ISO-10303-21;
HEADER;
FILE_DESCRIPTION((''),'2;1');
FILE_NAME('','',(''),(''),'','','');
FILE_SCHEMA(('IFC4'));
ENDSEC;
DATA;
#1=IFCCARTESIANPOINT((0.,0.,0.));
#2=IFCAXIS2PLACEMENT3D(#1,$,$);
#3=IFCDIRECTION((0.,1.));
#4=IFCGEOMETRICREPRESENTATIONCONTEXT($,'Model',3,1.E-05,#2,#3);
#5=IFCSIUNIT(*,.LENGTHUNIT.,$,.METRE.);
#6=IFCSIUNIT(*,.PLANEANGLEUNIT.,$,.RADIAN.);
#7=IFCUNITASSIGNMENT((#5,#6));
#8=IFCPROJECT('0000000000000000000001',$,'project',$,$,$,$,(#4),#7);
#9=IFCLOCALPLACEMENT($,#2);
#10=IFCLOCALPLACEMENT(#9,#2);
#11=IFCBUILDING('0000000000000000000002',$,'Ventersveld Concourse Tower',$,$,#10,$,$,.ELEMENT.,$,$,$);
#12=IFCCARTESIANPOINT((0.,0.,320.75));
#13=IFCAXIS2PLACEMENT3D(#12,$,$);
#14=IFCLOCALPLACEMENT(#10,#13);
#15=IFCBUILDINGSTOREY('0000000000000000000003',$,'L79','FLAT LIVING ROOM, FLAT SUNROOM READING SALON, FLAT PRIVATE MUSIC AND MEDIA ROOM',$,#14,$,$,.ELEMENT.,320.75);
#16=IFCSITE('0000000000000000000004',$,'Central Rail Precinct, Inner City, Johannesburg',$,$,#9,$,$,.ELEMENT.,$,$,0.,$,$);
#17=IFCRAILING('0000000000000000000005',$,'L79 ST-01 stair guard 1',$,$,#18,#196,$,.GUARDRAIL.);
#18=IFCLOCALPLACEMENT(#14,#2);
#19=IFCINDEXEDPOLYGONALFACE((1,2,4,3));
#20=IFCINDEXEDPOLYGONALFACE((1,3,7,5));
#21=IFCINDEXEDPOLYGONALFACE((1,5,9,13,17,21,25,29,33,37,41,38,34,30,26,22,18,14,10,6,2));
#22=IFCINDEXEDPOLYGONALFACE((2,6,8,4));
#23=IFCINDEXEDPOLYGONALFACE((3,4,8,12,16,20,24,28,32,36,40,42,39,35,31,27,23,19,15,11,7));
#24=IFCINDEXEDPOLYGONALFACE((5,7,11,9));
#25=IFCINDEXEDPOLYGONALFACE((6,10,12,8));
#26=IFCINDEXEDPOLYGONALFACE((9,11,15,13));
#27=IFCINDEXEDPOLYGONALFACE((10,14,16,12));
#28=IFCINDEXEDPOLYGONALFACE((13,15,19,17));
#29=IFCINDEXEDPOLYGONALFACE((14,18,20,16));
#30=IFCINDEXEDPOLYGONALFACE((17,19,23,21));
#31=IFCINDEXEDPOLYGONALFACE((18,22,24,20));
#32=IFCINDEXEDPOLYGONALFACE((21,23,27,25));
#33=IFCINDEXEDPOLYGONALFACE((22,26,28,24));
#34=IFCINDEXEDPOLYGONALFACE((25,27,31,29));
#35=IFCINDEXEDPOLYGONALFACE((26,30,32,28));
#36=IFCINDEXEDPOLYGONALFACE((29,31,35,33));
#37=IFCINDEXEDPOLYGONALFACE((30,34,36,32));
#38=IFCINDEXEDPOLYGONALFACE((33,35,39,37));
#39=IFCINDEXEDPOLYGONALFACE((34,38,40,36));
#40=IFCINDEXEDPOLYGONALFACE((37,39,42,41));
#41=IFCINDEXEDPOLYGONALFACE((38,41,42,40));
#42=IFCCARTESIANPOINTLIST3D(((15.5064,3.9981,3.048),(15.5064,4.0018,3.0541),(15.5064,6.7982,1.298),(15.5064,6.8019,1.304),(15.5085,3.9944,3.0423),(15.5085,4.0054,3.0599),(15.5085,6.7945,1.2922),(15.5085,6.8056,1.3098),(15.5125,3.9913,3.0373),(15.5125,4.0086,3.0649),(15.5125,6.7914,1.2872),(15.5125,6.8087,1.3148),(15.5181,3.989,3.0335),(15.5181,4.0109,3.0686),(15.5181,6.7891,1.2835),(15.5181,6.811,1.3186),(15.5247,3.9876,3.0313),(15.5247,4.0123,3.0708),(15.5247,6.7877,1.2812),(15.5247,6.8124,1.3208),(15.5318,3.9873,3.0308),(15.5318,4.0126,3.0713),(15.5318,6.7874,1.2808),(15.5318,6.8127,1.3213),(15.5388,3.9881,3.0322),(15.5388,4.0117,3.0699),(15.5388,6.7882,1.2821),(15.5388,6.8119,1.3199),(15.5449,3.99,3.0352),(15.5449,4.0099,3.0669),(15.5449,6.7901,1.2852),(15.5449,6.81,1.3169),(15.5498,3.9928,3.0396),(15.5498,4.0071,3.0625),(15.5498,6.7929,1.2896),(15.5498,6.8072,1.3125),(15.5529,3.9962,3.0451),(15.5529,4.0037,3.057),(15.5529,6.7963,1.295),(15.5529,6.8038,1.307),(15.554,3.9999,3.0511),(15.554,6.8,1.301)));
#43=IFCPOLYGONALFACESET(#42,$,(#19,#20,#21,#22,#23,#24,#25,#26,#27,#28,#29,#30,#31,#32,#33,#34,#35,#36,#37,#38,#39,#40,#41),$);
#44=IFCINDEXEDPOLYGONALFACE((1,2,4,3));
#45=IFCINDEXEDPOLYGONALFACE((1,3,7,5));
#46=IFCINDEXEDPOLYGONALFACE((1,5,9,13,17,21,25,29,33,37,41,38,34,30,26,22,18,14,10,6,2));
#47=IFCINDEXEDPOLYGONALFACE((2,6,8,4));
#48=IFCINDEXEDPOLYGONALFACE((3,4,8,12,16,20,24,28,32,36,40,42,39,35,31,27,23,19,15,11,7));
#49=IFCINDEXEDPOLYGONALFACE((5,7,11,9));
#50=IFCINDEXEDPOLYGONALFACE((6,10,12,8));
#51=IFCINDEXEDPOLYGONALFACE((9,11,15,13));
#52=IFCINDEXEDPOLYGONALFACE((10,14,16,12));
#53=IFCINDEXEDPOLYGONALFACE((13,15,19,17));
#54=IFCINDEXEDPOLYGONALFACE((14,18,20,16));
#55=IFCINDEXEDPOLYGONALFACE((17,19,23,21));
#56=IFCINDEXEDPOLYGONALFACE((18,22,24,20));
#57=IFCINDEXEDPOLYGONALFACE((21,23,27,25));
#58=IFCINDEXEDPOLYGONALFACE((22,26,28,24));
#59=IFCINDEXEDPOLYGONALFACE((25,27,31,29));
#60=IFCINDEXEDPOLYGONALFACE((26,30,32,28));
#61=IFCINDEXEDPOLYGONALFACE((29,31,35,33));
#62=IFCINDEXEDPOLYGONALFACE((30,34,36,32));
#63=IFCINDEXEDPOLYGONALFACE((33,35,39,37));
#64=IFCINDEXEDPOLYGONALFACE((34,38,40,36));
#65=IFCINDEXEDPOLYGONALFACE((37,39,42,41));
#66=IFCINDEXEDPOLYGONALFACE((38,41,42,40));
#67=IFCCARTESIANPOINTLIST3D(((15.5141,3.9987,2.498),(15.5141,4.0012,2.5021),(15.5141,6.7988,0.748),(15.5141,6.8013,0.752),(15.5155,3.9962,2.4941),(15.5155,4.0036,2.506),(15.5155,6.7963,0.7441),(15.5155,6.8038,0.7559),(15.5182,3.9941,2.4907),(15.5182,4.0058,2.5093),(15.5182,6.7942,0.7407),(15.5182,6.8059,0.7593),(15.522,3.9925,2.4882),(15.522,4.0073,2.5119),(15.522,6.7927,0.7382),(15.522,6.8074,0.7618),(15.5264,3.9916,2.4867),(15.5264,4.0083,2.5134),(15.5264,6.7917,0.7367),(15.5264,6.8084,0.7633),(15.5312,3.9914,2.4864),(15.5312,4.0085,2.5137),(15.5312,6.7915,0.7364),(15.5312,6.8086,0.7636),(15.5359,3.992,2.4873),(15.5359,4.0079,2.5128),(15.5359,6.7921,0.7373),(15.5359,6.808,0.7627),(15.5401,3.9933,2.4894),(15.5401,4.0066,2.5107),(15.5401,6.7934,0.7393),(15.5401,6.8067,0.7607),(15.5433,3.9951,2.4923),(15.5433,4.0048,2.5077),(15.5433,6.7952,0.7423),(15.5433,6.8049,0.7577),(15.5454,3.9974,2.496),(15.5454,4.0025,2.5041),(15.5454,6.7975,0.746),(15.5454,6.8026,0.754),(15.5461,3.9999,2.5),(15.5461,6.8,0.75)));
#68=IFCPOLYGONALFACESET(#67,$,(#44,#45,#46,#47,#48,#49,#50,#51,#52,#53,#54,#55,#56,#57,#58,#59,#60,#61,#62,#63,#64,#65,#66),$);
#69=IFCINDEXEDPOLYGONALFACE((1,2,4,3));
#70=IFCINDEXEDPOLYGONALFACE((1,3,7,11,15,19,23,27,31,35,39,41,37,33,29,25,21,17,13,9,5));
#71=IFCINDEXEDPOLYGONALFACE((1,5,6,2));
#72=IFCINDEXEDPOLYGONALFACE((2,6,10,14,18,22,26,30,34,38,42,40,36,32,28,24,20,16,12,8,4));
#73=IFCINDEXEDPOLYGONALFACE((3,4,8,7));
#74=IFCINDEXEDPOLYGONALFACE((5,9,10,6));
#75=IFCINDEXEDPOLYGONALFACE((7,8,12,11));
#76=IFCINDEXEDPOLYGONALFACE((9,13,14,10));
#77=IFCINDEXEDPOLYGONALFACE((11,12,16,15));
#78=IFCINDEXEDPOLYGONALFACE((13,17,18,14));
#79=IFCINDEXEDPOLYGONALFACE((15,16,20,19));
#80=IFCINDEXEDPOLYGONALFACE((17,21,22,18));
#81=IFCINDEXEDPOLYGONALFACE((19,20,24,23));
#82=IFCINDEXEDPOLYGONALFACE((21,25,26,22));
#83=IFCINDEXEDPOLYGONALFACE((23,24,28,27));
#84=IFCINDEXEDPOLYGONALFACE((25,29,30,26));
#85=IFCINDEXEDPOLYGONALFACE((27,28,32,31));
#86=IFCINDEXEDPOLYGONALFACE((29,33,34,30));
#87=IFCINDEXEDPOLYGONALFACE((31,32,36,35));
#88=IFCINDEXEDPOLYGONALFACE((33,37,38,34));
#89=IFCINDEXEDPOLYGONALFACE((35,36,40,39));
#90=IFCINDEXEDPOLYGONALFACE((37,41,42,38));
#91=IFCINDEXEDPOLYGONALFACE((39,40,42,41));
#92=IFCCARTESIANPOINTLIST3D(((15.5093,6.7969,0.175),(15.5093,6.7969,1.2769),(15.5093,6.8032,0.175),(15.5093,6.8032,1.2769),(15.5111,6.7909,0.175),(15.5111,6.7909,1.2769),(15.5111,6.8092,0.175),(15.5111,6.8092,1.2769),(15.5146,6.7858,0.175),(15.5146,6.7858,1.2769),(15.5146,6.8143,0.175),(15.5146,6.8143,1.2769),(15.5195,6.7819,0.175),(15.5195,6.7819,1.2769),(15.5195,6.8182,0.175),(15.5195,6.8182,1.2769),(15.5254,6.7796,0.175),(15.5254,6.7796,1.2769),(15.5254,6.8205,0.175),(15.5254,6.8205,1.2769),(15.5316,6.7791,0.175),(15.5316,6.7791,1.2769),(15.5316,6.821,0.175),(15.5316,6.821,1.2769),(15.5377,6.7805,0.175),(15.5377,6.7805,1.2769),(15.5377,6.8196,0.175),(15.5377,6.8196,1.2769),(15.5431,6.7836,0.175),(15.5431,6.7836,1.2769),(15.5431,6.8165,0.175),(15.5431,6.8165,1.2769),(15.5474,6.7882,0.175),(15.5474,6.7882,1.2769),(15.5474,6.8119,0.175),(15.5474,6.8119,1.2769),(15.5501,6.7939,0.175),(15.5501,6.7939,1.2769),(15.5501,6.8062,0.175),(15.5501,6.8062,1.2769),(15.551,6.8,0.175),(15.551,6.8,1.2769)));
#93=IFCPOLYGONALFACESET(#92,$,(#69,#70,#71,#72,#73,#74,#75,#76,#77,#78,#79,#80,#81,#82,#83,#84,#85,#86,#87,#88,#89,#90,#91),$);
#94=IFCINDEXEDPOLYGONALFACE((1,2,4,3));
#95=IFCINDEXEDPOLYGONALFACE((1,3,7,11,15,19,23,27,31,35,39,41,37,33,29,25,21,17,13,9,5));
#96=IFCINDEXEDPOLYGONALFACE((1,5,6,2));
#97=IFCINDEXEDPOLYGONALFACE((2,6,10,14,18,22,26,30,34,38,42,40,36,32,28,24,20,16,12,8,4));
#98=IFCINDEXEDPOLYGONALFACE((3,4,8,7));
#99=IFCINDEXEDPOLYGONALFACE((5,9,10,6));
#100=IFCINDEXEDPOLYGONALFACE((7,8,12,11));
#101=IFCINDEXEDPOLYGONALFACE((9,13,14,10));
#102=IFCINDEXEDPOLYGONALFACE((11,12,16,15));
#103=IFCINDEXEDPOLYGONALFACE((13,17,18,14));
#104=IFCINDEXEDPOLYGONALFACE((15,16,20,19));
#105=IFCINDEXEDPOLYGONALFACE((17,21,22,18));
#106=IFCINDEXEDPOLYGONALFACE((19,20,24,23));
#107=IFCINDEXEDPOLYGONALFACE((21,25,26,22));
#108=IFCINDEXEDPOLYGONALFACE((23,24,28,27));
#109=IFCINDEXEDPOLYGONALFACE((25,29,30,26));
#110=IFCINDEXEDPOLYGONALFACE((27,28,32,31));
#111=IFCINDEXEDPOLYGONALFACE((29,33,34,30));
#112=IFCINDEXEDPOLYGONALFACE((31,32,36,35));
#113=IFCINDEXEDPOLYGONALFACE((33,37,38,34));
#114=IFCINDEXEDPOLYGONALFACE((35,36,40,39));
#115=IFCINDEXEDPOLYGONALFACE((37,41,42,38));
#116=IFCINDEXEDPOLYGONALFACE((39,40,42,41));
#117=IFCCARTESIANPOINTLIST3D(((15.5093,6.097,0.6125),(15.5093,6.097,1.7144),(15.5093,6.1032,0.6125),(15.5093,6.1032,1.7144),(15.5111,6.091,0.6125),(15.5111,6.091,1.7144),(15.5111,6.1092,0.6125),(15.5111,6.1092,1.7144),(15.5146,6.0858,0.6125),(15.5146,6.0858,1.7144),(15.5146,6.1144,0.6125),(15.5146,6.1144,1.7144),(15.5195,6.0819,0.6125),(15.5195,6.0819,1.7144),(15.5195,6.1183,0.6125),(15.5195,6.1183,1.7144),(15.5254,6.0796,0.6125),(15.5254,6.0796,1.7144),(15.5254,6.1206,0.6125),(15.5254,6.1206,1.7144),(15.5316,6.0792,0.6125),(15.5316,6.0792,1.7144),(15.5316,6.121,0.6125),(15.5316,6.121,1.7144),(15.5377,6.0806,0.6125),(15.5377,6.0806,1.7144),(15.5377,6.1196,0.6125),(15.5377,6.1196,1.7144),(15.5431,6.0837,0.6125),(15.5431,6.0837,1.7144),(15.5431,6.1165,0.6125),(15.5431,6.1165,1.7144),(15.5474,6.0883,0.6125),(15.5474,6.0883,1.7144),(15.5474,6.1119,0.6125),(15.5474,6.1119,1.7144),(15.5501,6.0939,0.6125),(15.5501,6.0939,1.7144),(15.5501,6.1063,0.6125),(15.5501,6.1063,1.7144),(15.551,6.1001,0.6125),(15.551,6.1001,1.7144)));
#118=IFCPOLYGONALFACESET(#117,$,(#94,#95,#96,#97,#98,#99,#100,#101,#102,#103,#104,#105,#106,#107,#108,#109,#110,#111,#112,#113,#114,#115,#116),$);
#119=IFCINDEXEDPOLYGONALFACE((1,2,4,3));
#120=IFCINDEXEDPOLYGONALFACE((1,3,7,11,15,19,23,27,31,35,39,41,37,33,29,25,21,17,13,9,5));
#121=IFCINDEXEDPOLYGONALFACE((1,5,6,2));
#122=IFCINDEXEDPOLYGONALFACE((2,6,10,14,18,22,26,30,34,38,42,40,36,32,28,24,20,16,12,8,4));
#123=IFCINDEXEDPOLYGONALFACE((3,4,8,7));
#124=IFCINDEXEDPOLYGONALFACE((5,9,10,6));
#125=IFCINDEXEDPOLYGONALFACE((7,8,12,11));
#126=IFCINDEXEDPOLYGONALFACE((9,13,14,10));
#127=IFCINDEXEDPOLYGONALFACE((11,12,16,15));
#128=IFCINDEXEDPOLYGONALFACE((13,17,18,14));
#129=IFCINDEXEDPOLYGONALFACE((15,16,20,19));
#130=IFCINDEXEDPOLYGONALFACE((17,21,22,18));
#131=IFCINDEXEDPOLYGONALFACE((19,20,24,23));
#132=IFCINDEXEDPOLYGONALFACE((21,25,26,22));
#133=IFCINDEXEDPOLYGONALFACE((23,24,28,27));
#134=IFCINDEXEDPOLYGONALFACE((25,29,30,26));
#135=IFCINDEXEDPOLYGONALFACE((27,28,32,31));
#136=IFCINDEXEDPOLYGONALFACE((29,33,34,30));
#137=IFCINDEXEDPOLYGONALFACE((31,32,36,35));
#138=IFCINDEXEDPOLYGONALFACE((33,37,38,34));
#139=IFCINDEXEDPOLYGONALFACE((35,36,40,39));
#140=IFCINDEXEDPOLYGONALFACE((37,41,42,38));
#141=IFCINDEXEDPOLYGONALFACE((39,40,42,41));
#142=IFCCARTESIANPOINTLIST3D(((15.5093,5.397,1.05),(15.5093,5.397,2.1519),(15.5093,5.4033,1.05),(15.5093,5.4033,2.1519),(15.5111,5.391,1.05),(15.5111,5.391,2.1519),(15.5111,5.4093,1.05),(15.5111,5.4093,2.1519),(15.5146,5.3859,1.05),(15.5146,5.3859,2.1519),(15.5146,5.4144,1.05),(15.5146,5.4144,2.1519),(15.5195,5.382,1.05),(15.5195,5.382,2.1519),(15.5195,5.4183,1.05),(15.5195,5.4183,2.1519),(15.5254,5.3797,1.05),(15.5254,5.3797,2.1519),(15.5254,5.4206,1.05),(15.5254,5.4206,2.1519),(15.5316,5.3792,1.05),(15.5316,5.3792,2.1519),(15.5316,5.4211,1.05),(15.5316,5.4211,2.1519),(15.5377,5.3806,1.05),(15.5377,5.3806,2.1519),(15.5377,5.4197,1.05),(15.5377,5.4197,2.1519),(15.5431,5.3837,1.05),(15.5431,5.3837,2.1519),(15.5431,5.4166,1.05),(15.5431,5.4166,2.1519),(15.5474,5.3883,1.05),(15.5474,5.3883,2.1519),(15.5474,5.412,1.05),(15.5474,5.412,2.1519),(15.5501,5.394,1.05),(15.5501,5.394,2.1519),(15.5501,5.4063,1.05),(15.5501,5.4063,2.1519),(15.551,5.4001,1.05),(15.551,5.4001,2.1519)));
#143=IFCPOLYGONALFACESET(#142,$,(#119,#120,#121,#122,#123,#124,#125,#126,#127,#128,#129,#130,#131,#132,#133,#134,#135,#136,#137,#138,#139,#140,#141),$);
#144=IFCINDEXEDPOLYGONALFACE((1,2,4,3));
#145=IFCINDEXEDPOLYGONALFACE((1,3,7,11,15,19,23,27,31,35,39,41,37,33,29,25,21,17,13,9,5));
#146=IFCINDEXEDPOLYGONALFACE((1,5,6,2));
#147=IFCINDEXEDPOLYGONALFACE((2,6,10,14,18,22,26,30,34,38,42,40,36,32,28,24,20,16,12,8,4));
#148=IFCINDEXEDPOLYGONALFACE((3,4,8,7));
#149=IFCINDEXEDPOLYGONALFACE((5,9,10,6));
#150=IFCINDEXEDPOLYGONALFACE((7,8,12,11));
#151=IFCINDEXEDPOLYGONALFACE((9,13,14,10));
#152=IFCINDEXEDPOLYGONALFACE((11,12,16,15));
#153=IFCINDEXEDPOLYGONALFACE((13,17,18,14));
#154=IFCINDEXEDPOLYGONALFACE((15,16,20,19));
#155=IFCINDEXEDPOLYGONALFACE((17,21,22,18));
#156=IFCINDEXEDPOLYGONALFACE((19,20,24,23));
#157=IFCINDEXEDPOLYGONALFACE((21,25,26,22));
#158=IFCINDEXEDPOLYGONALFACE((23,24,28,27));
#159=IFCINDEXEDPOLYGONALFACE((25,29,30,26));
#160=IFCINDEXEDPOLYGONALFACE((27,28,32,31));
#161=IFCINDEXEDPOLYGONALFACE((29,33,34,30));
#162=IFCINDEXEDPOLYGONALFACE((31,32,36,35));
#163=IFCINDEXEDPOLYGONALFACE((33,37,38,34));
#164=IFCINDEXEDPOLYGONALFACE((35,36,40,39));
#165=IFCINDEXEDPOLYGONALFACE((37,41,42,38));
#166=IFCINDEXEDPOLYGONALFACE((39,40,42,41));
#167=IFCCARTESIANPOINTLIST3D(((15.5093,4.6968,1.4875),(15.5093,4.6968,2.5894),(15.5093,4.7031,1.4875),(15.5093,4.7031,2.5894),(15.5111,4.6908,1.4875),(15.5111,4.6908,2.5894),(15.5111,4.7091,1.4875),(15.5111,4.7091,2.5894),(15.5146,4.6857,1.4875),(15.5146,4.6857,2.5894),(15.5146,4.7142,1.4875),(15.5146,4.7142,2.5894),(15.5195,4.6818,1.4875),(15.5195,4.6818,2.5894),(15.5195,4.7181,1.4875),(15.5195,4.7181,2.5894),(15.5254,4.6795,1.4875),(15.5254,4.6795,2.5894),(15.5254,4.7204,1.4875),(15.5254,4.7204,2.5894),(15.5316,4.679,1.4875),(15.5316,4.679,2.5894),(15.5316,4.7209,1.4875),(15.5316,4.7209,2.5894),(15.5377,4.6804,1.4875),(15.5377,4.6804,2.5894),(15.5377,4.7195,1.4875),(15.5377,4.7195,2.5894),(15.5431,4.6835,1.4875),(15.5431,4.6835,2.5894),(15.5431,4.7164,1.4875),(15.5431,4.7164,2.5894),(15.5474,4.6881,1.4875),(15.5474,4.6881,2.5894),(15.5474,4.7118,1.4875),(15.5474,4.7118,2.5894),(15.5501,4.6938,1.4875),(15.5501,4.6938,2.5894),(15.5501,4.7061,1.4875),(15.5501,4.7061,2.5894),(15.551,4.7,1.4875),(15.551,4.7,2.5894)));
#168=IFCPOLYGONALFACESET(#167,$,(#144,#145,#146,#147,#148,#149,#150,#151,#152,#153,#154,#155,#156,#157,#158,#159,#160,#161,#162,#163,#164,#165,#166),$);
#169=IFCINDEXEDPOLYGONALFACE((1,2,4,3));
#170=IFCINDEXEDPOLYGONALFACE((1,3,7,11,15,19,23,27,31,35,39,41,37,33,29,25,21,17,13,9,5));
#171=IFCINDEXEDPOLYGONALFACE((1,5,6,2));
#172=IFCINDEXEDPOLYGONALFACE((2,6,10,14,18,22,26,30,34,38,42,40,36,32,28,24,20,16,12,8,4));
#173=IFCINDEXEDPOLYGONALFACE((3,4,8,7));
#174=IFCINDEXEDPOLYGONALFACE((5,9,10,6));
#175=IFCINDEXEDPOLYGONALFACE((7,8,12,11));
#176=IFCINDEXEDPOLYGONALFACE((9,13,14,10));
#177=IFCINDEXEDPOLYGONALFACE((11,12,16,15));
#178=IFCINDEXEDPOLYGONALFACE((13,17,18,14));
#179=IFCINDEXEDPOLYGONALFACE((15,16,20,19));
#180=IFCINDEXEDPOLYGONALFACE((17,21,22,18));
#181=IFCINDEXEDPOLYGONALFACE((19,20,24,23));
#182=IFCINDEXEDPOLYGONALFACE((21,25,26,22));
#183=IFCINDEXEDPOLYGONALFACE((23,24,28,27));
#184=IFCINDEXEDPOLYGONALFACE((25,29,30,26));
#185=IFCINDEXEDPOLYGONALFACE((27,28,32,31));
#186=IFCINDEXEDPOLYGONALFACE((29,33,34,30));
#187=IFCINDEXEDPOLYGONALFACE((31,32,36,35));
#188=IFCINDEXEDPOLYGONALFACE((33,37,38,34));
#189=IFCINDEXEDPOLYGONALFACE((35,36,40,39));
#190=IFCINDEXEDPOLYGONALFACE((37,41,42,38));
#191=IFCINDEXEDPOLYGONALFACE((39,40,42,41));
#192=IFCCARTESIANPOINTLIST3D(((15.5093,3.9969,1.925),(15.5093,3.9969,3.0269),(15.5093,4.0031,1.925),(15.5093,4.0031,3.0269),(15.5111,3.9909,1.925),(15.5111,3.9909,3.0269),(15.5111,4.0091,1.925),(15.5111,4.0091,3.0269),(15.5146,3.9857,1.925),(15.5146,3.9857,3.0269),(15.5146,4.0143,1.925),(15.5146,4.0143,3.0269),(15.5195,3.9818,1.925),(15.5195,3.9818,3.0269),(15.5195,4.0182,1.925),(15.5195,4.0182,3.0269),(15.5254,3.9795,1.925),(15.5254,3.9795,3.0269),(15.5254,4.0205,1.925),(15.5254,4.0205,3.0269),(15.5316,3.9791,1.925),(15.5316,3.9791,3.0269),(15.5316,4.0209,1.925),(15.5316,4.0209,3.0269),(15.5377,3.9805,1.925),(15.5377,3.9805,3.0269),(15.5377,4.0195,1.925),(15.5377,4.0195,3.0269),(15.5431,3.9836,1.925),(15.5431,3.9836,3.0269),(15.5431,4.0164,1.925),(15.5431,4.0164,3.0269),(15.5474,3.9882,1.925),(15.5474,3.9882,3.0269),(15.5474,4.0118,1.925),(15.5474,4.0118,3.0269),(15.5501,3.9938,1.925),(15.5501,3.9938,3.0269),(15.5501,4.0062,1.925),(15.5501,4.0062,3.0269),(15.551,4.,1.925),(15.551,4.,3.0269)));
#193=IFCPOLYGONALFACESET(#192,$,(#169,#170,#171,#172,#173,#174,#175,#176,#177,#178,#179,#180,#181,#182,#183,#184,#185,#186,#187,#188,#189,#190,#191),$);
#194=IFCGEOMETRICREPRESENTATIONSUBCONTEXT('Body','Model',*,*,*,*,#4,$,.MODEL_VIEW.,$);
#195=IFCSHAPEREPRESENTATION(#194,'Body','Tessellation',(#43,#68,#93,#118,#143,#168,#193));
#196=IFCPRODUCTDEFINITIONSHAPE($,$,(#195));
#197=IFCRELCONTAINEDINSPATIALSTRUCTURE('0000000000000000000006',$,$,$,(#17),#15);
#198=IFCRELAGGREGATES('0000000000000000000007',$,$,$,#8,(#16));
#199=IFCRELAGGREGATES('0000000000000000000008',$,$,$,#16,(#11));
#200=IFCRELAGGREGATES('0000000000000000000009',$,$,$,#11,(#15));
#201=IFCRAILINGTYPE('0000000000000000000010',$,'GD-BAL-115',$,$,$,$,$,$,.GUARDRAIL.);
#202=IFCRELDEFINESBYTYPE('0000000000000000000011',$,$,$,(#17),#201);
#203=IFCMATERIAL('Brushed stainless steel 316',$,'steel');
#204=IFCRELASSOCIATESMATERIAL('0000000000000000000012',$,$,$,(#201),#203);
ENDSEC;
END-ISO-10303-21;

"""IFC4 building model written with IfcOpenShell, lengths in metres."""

from ifc_helpers import new_model, si_unit, direction, frame, origin, origin_2d, place, context, subcontext, project, spatial, circle, extrude, material, type_object, element, save


model = new_model("IFC4")

# Units and contexts
model_context = context("Model", 3, precision=1e-05, world=origin(), true_north=direction((0.0, 1.0)))
body_context = subcontext(model_context, "Body", "Model", "MODEL_VIEW")
ifc_project = project(units=[si_unit("LENGTHUNIT", "METRE"), si_unit("PLANEANGLEUNIT", "RADIAN")], contexts=[model_context])

# Site, building, storey
site_placement = place(None, origin())
site = spatial("IfcSite", under=ifc_project, at=site_placement, Name="Central Rail Precinct, Inner City, Johannesburg", CompositionType="ELEMENT", RefElevation=0.0)
building_placement = place(site_placement, origin())
building = spatial("IfcBuilding", under=site, at=building_placement, Name="Ventersveld Concourse Tower", CompositionType="ELEMENT")
storey_placement = place(building_placement, frame((0.0, 0.0, 320.75)))
storey = spatial("IfcBuildingStorey", under=building, at=storey_placement, Name="L79", Description="FLAT LIVING ROOM, FLAT SUNROOM READING SALON, FLAT PRIVATE MUSIC AND MEDIA ROOM", CompositionType="ELEMENT", Elevation=320.75)

# Shared definitions
ifc_material_1 = material(Name="Brushed stainless steel 316", Category="steel")

# Railing
railing_type_1 = type_object("IfcRailingType", Name="GD-BAL-115", PredefinedType="GUARDRAIL", material=ifc_material_1)
railing_1_placement = place(storey_placement, frame((15.53, 6.8, 0.175)))
element("IfcRailing", 1, at=railing_1_placement, inside=storey, type_object=railing_type_1, Name="L79 ST-01 stair guard 1", PredefinedType="GUARDRAIL", context=body_context, shape_type="SweptSolid", body=[
    extrude(circle(Radius=0.0239, at=origin_2d()), frame((0.0, 0.0, 1.126), z_axis=(0.0, -0.848002, 0.529992), x_axis=(1.0, 0.0, 0.0)), (0.0, 0.0, 1.0), 3.302),
    extrude(circle(Radius=0.0161, at=origin_2d()), frame((0.0, 0.0, 0.575), z_axis=(0.0, -0.848002, 0.529992), x_axis=(1.0, 0.0, 0.0)), (0.0, 0.0, 1.0), 3.302),
    extrude(circle(Radius=0.021, at=origin_2d()), origin(), (0.0, 0.0, 1.0), 1.1018),
    extrude(circle(Radius=0.021, at=origin_2d()), frame((0.0, -0.7, 0.4375)), (0.0, 0.0, 1.0), 1.1018),
    extrude(circle(Radius=0.021, at=origin_2d()), frame((0.0, -1.3999, 0.875)), (0.0, 0.0, 1.0), 1.1018),
    extrude(circle(Radius=0.021, at=origin_2d()), frame((0.0, -2.1001, 1.3125)), (0.0, 0.0, 1.0), 1.1018),
    extrude(circle(Radius=0.021, at=origin_2d()), frame((0.0, -2.8, 1.75)), (0.0, 0.0, 1.0), 1.1018),
])

save(model, "model.ifc")
